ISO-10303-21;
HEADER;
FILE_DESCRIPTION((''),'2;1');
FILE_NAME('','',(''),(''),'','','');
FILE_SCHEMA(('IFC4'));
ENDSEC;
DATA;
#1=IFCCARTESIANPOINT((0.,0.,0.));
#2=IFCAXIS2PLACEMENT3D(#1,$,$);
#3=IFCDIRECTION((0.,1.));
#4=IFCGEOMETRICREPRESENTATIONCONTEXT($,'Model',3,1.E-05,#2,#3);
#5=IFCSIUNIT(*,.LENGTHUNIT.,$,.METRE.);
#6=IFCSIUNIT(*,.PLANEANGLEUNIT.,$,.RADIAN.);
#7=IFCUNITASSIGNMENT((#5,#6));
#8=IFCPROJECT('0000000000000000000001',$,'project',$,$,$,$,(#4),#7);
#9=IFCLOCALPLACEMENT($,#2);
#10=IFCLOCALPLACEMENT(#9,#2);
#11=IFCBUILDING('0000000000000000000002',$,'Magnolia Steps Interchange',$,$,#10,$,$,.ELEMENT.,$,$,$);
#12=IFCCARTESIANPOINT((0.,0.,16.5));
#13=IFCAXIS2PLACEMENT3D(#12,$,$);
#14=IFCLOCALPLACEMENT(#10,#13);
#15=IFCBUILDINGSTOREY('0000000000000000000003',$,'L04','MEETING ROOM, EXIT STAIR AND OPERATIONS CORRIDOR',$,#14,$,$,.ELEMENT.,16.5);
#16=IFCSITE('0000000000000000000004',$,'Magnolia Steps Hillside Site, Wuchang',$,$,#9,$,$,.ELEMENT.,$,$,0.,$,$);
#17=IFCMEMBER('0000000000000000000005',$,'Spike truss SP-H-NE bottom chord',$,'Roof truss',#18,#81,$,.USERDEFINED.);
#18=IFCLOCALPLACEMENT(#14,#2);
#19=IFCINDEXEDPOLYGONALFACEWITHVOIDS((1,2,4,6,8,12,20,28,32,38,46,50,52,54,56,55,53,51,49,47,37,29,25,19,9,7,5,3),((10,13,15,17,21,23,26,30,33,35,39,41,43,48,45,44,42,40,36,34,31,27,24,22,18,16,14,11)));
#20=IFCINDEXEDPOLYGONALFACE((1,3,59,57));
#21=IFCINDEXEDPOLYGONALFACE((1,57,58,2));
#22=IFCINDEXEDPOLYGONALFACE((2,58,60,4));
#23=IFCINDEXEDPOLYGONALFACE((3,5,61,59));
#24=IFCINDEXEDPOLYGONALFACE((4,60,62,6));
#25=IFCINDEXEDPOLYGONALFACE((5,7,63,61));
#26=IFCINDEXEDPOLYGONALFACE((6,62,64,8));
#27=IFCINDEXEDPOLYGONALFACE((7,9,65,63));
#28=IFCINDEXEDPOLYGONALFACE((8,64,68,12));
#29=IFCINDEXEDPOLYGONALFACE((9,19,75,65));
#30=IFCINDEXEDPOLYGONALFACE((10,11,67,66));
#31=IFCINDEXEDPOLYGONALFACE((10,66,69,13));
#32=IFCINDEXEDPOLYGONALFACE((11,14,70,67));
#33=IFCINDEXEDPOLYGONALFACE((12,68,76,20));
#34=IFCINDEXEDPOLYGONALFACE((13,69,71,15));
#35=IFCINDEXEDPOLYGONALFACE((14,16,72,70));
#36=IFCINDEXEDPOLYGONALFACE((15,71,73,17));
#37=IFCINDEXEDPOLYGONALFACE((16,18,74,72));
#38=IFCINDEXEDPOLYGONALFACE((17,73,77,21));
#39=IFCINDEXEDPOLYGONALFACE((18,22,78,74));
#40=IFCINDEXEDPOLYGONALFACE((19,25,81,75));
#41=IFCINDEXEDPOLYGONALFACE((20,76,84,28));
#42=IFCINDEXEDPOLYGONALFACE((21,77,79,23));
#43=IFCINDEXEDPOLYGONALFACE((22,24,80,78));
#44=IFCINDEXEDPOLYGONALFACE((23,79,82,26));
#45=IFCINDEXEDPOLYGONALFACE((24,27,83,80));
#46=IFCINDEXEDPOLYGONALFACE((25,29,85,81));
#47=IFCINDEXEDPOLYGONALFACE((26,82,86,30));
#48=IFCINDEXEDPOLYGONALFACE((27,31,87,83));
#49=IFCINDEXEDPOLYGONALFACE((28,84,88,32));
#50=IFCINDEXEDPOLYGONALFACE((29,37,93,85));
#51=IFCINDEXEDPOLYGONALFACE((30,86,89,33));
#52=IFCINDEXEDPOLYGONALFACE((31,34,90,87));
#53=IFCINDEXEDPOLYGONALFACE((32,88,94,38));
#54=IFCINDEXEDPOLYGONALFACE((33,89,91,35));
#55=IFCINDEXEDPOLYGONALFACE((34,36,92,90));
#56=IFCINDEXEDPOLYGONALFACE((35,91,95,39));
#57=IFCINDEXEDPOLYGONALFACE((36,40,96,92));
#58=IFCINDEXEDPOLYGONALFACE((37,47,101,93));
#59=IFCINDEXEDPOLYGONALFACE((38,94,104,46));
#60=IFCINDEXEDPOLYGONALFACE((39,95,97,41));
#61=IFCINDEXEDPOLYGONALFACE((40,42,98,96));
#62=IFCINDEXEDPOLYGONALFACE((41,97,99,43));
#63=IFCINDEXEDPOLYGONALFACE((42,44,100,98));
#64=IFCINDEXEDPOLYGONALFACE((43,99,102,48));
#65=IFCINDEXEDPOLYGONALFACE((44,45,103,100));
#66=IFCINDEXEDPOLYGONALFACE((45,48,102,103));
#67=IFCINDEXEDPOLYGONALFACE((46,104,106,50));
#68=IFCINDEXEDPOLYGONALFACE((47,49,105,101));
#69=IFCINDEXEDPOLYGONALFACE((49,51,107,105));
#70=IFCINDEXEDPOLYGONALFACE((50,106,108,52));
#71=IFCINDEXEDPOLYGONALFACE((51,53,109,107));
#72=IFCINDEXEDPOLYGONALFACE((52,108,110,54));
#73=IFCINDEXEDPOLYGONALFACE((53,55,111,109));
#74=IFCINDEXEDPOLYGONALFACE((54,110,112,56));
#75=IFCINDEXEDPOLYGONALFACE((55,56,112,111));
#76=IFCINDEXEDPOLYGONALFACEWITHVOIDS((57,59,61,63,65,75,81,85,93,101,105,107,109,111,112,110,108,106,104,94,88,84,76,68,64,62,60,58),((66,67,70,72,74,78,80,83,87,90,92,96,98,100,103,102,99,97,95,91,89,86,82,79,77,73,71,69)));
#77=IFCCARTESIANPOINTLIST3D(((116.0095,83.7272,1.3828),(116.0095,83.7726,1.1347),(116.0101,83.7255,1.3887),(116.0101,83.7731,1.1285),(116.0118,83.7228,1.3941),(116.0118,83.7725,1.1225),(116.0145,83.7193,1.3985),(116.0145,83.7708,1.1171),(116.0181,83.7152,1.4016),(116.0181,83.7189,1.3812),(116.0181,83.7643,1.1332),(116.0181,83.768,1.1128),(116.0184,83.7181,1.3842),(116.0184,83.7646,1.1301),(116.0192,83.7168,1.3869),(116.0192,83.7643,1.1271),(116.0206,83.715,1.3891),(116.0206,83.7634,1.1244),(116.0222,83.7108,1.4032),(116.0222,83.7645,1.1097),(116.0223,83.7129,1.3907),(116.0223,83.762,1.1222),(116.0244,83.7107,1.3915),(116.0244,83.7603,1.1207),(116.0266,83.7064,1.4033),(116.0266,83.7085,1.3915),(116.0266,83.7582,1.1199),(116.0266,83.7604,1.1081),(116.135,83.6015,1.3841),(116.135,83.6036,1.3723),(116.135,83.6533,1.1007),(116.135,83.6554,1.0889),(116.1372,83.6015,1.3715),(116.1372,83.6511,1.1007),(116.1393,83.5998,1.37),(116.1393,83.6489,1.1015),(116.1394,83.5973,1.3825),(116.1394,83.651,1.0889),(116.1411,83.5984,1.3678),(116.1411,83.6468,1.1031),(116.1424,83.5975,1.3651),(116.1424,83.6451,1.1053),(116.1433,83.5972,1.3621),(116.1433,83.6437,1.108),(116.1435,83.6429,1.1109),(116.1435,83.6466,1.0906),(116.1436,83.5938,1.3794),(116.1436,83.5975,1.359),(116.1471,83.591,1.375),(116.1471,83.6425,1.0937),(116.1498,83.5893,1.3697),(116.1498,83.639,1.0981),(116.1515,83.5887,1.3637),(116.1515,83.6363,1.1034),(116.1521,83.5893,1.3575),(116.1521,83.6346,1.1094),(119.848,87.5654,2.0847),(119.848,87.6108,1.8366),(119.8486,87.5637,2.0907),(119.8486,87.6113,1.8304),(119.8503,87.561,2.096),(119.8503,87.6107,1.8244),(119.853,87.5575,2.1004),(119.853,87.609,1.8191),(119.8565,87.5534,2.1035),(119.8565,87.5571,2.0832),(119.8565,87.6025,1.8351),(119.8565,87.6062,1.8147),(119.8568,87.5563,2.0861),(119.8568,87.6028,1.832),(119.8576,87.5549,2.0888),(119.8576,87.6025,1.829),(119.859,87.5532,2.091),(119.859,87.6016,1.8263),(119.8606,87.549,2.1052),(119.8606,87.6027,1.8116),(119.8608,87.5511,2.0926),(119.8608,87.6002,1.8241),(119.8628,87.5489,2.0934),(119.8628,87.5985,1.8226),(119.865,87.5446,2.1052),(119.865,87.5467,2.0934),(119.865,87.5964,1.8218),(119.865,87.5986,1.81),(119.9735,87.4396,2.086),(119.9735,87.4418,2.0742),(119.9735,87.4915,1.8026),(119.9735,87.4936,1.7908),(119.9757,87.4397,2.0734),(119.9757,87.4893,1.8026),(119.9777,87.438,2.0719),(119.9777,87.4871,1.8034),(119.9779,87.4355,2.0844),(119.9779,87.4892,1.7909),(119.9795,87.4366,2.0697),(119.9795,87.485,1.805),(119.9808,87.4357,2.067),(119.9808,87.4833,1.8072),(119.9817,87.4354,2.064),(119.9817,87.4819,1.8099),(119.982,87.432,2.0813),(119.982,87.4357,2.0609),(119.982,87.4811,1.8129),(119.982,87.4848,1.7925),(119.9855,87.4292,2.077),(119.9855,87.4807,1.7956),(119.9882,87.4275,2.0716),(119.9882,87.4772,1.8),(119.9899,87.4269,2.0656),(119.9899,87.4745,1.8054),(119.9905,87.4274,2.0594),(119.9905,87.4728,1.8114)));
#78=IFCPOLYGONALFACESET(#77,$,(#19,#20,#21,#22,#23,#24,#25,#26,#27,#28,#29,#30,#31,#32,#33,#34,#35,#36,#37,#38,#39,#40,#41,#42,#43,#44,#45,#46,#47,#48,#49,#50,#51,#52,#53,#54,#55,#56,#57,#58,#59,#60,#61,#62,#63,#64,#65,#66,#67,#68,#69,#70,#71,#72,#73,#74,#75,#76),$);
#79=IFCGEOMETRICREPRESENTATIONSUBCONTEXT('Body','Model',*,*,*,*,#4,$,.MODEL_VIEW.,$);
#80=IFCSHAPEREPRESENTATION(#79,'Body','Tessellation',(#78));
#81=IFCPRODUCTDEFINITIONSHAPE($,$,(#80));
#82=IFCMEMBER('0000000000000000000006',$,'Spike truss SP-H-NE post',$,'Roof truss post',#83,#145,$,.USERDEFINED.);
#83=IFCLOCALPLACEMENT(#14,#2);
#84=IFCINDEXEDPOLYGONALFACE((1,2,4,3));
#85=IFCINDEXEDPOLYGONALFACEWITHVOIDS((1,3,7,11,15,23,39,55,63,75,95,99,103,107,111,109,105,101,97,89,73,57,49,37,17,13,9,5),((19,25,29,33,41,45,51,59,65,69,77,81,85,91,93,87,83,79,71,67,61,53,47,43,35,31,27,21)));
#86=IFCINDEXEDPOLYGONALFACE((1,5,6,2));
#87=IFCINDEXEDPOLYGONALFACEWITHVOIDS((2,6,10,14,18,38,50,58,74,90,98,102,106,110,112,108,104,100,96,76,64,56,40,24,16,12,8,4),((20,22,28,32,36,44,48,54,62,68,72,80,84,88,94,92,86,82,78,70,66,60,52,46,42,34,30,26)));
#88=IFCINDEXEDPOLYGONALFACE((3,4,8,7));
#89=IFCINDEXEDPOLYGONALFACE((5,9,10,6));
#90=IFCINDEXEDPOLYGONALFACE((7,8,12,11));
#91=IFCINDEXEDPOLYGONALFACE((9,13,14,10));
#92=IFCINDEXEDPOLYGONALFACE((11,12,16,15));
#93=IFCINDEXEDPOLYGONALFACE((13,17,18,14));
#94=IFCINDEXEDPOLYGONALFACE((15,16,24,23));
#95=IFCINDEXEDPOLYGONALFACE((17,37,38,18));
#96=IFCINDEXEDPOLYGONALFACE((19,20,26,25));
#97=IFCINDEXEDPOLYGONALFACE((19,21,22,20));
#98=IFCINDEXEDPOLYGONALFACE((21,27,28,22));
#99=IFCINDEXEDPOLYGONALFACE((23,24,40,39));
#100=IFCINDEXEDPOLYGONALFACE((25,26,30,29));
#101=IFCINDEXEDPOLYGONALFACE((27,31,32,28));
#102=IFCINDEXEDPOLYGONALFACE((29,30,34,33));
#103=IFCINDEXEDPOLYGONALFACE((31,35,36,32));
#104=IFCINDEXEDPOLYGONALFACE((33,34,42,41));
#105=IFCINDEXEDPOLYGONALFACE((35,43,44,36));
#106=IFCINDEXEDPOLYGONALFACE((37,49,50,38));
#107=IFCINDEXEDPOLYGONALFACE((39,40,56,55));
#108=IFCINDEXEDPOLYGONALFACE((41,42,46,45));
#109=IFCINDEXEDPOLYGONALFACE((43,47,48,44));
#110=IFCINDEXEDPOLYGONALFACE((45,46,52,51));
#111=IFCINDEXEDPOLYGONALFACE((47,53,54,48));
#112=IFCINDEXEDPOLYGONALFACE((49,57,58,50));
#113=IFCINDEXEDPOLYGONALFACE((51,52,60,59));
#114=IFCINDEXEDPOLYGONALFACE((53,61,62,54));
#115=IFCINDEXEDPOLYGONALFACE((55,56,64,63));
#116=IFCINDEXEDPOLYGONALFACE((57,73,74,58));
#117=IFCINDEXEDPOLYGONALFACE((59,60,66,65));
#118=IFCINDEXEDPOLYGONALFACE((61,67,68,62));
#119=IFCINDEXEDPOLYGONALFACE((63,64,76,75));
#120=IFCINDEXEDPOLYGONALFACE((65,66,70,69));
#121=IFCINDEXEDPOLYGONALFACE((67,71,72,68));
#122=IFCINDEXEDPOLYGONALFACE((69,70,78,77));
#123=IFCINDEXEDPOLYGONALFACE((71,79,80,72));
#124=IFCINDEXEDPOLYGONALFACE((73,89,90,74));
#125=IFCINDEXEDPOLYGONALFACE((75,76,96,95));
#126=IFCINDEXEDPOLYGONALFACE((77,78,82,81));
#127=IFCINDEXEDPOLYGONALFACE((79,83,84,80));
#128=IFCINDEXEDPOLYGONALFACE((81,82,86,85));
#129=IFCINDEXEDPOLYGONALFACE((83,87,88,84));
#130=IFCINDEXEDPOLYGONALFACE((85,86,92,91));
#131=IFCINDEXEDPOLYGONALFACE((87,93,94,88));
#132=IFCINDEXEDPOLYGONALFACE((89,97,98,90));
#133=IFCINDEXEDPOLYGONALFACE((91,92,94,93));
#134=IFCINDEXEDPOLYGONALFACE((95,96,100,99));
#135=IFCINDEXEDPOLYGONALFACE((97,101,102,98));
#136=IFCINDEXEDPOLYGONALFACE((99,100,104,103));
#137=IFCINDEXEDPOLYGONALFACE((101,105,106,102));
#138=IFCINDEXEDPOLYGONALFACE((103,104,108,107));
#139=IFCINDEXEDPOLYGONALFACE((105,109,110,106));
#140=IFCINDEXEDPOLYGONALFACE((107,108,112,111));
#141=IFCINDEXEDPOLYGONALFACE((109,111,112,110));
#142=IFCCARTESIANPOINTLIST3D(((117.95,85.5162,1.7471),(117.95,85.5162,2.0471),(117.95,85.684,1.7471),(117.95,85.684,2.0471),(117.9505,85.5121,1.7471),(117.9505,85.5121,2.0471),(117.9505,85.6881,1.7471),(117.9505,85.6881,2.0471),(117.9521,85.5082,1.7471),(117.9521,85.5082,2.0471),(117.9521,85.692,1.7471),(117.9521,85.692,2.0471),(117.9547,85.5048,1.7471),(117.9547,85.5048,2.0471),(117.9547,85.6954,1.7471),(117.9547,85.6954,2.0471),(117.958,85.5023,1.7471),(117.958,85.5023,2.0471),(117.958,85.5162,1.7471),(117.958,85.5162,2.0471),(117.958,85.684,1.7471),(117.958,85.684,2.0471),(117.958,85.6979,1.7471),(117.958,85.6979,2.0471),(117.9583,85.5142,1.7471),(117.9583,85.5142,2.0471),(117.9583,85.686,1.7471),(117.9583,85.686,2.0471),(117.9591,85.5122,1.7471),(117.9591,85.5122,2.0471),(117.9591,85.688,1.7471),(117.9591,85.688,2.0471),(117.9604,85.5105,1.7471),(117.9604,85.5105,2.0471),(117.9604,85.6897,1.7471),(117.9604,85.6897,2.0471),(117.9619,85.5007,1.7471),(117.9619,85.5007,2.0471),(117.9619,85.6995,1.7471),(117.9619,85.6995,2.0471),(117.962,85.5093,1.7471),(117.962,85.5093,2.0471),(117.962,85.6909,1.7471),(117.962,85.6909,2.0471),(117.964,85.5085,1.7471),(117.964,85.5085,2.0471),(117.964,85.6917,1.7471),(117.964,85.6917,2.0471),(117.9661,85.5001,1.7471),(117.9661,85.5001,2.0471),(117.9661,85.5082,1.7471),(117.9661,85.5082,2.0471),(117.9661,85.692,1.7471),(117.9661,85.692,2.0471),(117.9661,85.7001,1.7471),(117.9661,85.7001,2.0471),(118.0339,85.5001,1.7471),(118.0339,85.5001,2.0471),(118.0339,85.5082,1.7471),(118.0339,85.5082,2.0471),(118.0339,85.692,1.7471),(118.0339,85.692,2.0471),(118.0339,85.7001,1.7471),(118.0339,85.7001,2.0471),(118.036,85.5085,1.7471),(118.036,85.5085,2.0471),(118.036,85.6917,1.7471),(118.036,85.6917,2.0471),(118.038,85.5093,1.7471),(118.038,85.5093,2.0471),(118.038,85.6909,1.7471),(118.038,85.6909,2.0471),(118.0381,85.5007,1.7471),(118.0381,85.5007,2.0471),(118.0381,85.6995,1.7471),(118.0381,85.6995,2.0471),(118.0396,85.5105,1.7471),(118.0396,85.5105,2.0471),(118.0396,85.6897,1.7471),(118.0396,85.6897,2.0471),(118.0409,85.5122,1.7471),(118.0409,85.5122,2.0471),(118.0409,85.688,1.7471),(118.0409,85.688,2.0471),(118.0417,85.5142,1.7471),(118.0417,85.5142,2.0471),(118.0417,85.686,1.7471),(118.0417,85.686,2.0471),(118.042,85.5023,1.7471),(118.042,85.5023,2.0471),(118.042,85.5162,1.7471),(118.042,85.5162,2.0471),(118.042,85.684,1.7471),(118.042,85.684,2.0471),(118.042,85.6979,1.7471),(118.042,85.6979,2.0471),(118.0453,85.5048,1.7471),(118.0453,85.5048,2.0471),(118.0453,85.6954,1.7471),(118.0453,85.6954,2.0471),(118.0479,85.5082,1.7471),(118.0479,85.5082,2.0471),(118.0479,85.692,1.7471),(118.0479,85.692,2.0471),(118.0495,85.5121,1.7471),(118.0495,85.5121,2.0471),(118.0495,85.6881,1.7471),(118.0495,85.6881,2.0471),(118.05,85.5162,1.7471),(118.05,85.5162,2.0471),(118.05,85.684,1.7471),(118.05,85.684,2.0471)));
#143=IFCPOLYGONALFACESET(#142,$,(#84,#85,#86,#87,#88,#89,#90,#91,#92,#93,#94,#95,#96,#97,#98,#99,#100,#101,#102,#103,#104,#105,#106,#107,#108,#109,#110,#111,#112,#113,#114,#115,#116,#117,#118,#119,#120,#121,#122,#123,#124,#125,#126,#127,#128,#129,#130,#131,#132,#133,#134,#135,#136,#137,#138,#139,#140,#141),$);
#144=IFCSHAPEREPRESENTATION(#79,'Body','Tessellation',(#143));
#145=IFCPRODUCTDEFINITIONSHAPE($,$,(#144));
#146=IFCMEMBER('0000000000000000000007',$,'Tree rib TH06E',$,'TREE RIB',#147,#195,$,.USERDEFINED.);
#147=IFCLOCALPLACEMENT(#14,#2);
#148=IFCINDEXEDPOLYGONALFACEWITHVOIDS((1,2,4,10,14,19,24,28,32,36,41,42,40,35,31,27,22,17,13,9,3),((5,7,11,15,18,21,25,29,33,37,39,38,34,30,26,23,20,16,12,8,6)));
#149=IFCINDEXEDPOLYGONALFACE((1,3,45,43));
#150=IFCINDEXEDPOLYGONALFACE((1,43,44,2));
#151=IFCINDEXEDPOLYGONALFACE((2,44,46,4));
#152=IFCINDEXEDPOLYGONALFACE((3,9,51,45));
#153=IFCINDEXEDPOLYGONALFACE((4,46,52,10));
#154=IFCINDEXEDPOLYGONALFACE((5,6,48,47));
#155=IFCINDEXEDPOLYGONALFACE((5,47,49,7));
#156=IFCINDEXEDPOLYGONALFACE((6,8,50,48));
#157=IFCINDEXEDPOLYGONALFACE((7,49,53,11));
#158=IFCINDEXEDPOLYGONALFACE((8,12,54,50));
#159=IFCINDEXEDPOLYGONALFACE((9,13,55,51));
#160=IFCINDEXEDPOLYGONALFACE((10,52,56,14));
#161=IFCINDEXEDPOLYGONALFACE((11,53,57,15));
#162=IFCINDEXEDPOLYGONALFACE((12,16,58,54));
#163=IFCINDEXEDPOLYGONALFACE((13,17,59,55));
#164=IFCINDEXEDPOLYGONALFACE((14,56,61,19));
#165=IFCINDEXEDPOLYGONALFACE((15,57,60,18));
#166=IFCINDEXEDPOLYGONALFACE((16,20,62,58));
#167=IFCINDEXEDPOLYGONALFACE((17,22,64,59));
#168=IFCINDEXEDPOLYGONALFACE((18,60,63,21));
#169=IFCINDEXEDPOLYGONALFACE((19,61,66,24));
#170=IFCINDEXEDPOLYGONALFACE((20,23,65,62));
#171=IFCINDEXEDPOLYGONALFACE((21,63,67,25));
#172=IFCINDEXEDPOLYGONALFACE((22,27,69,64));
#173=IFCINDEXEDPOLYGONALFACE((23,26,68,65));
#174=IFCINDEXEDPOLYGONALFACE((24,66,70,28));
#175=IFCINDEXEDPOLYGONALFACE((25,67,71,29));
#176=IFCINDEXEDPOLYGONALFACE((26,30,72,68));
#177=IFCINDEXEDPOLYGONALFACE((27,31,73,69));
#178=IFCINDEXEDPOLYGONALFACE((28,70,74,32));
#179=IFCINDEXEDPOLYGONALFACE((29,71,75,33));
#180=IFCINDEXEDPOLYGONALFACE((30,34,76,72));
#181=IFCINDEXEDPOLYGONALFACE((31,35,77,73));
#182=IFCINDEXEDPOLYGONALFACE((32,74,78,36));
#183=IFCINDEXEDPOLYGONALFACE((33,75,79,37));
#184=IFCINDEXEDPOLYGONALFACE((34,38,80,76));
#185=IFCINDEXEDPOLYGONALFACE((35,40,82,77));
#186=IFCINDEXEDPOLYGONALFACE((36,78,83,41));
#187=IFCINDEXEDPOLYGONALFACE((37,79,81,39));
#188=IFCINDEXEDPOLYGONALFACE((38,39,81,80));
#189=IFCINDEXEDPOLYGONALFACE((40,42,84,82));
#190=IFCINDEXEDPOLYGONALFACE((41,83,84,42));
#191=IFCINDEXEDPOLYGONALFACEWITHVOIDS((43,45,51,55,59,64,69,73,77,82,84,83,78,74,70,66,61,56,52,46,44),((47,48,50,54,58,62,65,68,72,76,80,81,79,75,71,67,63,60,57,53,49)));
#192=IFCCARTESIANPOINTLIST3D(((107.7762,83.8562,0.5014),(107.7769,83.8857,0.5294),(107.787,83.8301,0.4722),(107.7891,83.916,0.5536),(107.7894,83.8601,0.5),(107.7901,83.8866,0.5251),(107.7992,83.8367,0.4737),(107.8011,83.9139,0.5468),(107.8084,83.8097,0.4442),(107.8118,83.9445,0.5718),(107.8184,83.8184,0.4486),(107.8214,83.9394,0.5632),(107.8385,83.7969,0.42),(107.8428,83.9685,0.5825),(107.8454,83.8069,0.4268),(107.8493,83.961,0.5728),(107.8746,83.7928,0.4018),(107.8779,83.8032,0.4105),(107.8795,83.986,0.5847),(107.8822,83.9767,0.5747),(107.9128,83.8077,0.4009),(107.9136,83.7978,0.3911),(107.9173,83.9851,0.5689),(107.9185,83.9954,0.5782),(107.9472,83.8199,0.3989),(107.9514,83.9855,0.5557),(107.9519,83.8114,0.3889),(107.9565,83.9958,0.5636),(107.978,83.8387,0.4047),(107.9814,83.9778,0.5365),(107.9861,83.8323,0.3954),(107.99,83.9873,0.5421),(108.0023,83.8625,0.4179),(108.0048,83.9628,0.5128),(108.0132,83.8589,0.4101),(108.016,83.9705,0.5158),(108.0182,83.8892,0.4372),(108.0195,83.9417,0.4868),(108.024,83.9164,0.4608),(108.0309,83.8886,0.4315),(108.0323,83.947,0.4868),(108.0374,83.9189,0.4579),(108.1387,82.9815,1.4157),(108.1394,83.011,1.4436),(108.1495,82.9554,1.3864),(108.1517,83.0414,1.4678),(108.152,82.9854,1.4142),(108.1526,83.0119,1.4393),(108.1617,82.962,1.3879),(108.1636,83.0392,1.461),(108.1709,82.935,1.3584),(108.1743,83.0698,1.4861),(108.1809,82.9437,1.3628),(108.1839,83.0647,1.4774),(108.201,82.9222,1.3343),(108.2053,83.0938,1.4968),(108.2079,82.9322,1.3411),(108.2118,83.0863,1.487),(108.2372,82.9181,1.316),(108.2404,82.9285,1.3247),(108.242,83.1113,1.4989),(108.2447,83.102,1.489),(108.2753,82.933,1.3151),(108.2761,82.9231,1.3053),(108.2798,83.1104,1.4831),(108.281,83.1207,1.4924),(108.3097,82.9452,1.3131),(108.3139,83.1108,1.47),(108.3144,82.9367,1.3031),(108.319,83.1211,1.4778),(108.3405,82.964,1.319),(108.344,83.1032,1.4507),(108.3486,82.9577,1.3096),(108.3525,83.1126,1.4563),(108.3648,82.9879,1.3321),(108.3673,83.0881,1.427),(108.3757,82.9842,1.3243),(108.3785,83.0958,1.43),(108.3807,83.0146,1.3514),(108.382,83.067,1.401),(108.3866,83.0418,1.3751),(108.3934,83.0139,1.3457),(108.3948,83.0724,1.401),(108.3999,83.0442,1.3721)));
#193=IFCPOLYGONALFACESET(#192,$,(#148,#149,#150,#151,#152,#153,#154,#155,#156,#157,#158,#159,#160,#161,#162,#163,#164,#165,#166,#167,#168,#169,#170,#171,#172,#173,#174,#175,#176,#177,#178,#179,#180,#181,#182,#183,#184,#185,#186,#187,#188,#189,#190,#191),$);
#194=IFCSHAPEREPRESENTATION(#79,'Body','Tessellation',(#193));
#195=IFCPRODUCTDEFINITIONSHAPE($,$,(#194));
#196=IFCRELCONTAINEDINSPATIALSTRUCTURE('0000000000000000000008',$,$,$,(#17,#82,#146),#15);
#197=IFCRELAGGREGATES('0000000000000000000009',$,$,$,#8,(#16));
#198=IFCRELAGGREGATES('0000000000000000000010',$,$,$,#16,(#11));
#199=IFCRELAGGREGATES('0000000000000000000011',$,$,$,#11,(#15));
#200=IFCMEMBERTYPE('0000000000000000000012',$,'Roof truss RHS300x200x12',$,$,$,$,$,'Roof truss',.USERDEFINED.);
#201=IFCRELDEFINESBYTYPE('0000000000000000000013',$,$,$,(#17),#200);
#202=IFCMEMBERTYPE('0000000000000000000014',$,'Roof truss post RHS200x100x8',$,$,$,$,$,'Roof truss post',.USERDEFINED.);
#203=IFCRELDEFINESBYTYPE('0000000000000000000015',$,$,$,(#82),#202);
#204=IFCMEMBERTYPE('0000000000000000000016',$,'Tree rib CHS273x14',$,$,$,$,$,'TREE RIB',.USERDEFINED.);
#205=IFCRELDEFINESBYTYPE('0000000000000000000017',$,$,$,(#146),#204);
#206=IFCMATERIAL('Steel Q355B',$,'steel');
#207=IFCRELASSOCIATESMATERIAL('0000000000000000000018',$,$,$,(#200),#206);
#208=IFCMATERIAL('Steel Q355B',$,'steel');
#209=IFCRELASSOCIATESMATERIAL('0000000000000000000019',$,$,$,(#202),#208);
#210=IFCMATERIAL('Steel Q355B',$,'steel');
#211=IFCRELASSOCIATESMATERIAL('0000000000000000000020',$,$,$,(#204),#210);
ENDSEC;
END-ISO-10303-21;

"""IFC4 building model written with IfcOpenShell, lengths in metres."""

from ifc_helpers import new_model, si_unit, direction, frame, origin, origin_2d, place, context, subcontext, project, spatial, hollow_rectangle, hollow_circle, extrude, material, material_profile, profile_set, type_object, element, save


model = new_model("IFC4")

# Units and contexts
model_context = context("Model", 3, precision=1e-05, world=origin(), true_north=direction((0.0, 1.0)))
body_context = subcontext(model_context, "Body", "Model", "MODEL_VIEW")
ifc_project = project(units=[si_unit("LENGTHUNIT", "METRE"), si_unit("PLANEANGLEUNIT", "RADIAN")], contexts=[model_context])

# Site, building, storey
site_placement = place(None, origin())
site = spatial("IfcSite", under=ifc_project, at=site_placement, Name="Magnolia Steps Hillside Site, Wuchang", CompositionType="ELEMENT", RefElevation=0.0)
building_placement = place(site_placement, origin())
building = spatial("IfcBuilding", under=site, at=building_placement, Name="Magnolia Steps Interchange", CompositionType="ELEMENT")
storey_placement = place(building_placement, frame((0.0, 0.0, 16.5)))
storey = spatial("IfcBuildingStorey", under=building, at=storey_placement, Name="L04", Description="MEETING ROOM, EXIT STAIR AND OPERATIONS CORRIDOR", CompositionType="ELEMENT", Elevation=16.5)

# Members
ifc_material_1 = material(Name="Steel Q355B", Category="steel")
ifc_material_profile_1 = material_profile(ifc_material_1, hollow_rectangle(XDim=0.2, YDim=0.3, WallThickness=0.012, InnerFilletRadius=0.012, OuterFilletRadius=0.0239, at=origin_2d()), Name="RHS300x200x12")
ifc_profile_set_1 = profile_set([ifc_material_profile_1], Name="Steel Q355B")
member_type_1 = type_object("IfcMemberType", Name="Roof truss RHS300x200x12", ElementType="Roof truss", PredefinedType="USERDEFINED", material=ifc_profile_set_1)
member_1_placement = place(storey_placement, frame((116.0808, 83.6809, 1.2461), z_axis=(0.70129, 0.701246, 0.128241), x_axis=(-0.712876, 0.689844, 0.126187)))
element("IfcMember", 1, at=member_1_placement, inside=storey, type_object=member_type_1, Name="Spike truss SP-H-NE bottom chord", ObjectType="Roof truss", PredefinedType="USERDEFINED", context=body_context, shape_type="SweptSolid", body=[
    extrude(hollow_rectangle(XDim=0.2, YDim=0.3, WallThickness=0.012, InnerFilletRadius=0.012, OuterFilletRadius=0.0239, at=origin_2d()), origin(), (0.0, 0.0, 1.0), 5.4734),
])
ifc_material_2 = material(Name="Steel Q355B", Category="steel")
ifc_material_profile_2 = material_profile(ifc_material_2, hollow_rectangle(XDim=0.1001, YDim=0.2, WallThickness=0.0081, InnerFilletRadius=0.0081, OuterFilletRadius=0.0161, at=origin_2d()), Name="RHS200x100x8")
ifc_profile_set_2 = profile_set([ifc_material_profile_2], Name="Steel Q355B")
member_type_2 = type_object("IfcMemberType", Name="Roof truss post RHS200x100x8", ElementType="Roof truss post", PredefinedType="USERDEFINED", material=ifc_profile_set_2)
member_2_placement = place(storey_placement, frame((118.0, 85.6001, 1.7471), z_axis=(0.0, 0.0, 1.0), x_axis=(1.0, 0.0, 0.0)))
element("IfcMember", 2, at=member_2_placement, inside=storey, type_object=member_type_2, Name="Spike truss SP-H-NE post", ObjectType="Roof truss post", PredefinedType="USERDEFINED", context=body_context, shape_type="SweptSolid", body=[
    extrude(hollow_rectangle(XDim=0.1001, YDim=0.2, WallThickness=0.0081, InnerFilletRadius=0.0081, OuterFilletRadius=0.0161, at=origin_2d()), origin(), (0.0, 0.0, 1.0), 0.3),
])
ifc_material_3 = material(Name="Steel Q355B", Category="steel")
ifc_material_profile_3 = material_profile(ifc_material_3, hollow_circle(Radius=0.1365, WallThickness=0.0139, at=origin_2d()), Name="CHS273x14")
ifc_profile_set_3 = profile_set([ifc_material_profile_3], Name="Steel Q355B")
member_type_3 = type_object("IfcMemberType", Name="Tree rib CHS273x14", ElementType="TREE RIB", PredefinedType="USERDEFINED", material=ifc_profile_set_3)
for number, where, z_axis, x_axis, name in (
    (3, (107.9062, 83.8948, 0.4868), (0.275434, -0.664566, 0.694613), (0.9238, 0.382876, 0.0), "Tree rib TH06E"),
):
    element("IfcMember", number, at=place(storey_placement, frame(where, z_axis=z_axis, x_axis=x_axis)), inside=storey, type_object=member_type_3, Name=name, ObjectType="TREE RIB", PredefinedType="USERDEFINED", context=body_context, shape_type="SweptSolid", body=[
        extrude(hollow_circle(Radius=0.1365, WallThickness=0.0139, at=origin_2d()), origin(), (0.0, 0.0, 1.0), 1.3162),
    ])

save(model, "model.ifc")
